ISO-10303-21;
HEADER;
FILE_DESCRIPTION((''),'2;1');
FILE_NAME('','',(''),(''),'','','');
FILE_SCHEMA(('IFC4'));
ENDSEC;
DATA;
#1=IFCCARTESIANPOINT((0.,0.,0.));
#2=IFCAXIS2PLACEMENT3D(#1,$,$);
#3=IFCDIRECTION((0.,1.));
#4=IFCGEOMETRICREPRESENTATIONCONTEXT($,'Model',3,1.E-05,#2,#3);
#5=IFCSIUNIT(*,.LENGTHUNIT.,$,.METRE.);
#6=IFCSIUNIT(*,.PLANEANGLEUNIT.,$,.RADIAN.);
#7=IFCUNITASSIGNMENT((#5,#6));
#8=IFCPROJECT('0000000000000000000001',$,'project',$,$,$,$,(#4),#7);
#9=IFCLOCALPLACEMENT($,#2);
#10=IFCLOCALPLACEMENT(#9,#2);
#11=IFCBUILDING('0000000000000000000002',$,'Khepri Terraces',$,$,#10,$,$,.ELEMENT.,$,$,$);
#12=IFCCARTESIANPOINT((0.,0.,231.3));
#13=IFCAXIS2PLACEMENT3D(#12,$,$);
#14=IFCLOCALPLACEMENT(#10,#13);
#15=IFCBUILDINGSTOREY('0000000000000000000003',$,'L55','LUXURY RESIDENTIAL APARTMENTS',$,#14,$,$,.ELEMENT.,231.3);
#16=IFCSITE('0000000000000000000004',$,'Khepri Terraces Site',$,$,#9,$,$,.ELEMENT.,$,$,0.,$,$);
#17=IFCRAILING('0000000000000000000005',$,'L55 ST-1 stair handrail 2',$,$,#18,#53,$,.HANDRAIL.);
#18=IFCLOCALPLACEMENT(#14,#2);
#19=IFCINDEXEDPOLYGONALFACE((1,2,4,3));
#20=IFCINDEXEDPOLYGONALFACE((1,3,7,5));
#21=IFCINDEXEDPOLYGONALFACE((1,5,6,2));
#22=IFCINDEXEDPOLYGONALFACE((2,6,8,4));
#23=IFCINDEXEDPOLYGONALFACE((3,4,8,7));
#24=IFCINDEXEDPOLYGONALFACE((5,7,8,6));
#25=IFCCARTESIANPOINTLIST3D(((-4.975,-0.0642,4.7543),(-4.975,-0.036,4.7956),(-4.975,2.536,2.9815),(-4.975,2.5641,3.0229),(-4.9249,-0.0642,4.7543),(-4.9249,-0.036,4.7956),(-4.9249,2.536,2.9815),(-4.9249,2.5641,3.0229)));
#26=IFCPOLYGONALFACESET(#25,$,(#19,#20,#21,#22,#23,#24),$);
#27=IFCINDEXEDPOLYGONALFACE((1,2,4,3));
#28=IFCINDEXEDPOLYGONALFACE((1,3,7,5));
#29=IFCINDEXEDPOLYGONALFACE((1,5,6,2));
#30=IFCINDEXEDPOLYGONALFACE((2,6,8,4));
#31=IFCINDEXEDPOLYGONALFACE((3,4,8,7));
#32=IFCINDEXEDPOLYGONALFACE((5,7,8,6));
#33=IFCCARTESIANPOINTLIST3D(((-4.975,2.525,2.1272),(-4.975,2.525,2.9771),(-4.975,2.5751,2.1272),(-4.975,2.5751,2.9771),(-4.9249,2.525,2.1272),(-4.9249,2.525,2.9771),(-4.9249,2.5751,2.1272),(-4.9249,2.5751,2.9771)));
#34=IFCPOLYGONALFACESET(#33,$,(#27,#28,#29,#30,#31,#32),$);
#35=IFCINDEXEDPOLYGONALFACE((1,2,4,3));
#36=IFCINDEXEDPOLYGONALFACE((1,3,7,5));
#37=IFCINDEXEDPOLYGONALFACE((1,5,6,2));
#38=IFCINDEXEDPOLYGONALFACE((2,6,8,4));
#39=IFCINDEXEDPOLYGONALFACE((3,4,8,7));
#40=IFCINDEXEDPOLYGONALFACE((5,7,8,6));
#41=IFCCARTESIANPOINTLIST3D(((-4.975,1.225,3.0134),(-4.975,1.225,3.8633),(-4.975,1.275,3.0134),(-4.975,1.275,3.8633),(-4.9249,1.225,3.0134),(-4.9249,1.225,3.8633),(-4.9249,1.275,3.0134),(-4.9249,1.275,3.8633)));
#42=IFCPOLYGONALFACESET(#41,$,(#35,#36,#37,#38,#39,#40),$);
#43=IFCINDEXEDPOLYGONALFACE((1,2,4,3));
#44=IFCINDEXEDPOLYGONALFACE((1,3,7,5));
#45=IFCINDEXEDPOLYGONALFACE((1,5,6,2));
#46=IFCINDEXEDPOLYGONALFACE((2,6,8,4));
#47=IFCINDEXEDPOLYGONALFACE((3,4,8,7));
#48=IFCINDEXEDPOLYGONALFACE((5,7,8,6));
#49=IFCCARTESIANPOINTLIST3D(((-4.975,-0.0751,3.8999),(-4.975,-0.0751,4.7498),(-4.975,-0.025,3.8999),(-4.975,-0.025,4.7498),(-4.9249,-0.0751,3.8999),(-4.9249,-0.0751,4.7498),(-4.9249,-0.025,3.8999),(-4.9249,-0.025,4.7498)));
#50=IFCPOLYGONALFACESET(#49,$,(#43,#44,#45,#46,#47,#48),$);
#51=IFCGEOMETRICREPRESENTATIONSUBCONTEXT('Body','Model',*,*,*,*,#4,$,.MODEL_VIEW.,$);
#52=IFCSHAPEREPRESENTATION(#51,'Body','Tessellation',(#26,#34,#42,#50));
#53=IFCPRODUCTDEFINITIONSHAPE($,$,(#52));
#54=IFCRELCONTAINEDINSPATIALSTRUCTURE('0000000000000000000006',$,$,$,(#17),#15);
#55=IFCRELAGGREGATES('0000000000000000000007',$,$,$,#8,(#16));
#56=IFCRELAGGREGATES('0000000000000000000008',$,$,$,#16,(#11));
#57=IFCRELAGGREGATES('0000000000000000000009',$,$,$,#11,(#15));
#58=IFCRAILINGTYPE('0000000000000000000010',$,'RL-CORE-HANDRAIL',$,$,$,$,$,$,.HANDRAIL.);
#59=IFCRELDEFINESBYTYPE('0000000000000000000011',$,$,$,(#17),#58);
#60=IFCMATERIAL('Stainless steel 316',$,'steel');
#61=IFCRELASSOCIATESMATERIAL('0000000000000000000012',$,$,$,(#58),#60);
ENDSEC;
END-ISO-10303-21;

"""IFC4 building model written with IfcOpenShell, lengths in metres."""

from ifc_helpers import new_model, si_unit, direction, frame, origin, origin_2d, place, context, subcontext, project, spatial, rectangle, extrude, material, type_object, element, save


model = new_model("IFC4")

# Units and contexts
model_context = context("Model", 3, precision=1e-05, world=origin(), true_north=direction((0.0, 1.0)))
body_context = subcontext(model_context, "Body", "Model", "MODEL_VIEW")
ifc_project = project(units=[si_unit("LENGTHUNIT", "METRE"), si_unit("PLANEANGLEUNIT", "RADIAN")], contexts=[model_context])

# Site, building, storey
site_placement = place(None, origin())
site = spatial("IfcSite", under=ifc_project, at=site_placement, Name="Khepri Terraces Site", CompositionType="ELEMENT", RefElevation=0.0)
building_placement = place(site_placement, origin())
building = spatial("IfcBuilding", under=site, at=building_placement, Name="Khepri Terraces", CompositionType="ELEMENT")
storey_placement = place(building_placement, frame((0.0, 0.0, 231.3)))
storey = spatial("IfcBuildingStorey", under=building, at=storey_placement, Name="L55", Description="LUXURY RESIDENTIAL APARTMENTS", CompositionType="ELEMENT", Elevation=231.3)

# Railing
ifc_material_1 = material(Name="Stainless steel 316", Category="steel")
railing_type_1 = type_object("IfcRailingType", Name="RL-CORE-HANDRAIL", PredefinedType="HANDRAIL", material=ifc_material_1)
railing_1_placement = place(storey_placement, frame((-4.95, 2.55, 2.1272)))
element("IfcRailing", 1, at=railing_1_placement, inside=storey, type_object=railing_type_1, Name="L55 ST-1 stair handrail 2", PredefinedType="HANDRAIL", context=body_context, shape_type="SweptSolid", body=[
    extrude(rectangle(XDim=0.05, YDim=0.05, at=origin_2d()), frame((0.0, 0.0, 0.875), z_axis=(0.0, -0.82624, 0.563318), x_axis=(1.0, 0.0, 0.0)), (0.0, 0.0, 1.0), 3.147),
    extrude(rectangle(XDim=0.05, YDim=0.05, at=origin_2d()), origin(), (0.0, 0.0, 1.0), 0.8499),
    extrude(rectangle(XDim=0.05, YDim=0.05, at=origin_2d()), frame((0.0, -1.3, 0.8862)), (0.0, 0.0, 1.0), 0.8499),
    extrude(rectangle(XDim=0.05, YDim=0.05, at=origin_2d()), frame((0.0, -2.6001, 1.7727)), (0.0, 0.0, 1.0), 0.8499),
])

save(model, "model.ifc")
